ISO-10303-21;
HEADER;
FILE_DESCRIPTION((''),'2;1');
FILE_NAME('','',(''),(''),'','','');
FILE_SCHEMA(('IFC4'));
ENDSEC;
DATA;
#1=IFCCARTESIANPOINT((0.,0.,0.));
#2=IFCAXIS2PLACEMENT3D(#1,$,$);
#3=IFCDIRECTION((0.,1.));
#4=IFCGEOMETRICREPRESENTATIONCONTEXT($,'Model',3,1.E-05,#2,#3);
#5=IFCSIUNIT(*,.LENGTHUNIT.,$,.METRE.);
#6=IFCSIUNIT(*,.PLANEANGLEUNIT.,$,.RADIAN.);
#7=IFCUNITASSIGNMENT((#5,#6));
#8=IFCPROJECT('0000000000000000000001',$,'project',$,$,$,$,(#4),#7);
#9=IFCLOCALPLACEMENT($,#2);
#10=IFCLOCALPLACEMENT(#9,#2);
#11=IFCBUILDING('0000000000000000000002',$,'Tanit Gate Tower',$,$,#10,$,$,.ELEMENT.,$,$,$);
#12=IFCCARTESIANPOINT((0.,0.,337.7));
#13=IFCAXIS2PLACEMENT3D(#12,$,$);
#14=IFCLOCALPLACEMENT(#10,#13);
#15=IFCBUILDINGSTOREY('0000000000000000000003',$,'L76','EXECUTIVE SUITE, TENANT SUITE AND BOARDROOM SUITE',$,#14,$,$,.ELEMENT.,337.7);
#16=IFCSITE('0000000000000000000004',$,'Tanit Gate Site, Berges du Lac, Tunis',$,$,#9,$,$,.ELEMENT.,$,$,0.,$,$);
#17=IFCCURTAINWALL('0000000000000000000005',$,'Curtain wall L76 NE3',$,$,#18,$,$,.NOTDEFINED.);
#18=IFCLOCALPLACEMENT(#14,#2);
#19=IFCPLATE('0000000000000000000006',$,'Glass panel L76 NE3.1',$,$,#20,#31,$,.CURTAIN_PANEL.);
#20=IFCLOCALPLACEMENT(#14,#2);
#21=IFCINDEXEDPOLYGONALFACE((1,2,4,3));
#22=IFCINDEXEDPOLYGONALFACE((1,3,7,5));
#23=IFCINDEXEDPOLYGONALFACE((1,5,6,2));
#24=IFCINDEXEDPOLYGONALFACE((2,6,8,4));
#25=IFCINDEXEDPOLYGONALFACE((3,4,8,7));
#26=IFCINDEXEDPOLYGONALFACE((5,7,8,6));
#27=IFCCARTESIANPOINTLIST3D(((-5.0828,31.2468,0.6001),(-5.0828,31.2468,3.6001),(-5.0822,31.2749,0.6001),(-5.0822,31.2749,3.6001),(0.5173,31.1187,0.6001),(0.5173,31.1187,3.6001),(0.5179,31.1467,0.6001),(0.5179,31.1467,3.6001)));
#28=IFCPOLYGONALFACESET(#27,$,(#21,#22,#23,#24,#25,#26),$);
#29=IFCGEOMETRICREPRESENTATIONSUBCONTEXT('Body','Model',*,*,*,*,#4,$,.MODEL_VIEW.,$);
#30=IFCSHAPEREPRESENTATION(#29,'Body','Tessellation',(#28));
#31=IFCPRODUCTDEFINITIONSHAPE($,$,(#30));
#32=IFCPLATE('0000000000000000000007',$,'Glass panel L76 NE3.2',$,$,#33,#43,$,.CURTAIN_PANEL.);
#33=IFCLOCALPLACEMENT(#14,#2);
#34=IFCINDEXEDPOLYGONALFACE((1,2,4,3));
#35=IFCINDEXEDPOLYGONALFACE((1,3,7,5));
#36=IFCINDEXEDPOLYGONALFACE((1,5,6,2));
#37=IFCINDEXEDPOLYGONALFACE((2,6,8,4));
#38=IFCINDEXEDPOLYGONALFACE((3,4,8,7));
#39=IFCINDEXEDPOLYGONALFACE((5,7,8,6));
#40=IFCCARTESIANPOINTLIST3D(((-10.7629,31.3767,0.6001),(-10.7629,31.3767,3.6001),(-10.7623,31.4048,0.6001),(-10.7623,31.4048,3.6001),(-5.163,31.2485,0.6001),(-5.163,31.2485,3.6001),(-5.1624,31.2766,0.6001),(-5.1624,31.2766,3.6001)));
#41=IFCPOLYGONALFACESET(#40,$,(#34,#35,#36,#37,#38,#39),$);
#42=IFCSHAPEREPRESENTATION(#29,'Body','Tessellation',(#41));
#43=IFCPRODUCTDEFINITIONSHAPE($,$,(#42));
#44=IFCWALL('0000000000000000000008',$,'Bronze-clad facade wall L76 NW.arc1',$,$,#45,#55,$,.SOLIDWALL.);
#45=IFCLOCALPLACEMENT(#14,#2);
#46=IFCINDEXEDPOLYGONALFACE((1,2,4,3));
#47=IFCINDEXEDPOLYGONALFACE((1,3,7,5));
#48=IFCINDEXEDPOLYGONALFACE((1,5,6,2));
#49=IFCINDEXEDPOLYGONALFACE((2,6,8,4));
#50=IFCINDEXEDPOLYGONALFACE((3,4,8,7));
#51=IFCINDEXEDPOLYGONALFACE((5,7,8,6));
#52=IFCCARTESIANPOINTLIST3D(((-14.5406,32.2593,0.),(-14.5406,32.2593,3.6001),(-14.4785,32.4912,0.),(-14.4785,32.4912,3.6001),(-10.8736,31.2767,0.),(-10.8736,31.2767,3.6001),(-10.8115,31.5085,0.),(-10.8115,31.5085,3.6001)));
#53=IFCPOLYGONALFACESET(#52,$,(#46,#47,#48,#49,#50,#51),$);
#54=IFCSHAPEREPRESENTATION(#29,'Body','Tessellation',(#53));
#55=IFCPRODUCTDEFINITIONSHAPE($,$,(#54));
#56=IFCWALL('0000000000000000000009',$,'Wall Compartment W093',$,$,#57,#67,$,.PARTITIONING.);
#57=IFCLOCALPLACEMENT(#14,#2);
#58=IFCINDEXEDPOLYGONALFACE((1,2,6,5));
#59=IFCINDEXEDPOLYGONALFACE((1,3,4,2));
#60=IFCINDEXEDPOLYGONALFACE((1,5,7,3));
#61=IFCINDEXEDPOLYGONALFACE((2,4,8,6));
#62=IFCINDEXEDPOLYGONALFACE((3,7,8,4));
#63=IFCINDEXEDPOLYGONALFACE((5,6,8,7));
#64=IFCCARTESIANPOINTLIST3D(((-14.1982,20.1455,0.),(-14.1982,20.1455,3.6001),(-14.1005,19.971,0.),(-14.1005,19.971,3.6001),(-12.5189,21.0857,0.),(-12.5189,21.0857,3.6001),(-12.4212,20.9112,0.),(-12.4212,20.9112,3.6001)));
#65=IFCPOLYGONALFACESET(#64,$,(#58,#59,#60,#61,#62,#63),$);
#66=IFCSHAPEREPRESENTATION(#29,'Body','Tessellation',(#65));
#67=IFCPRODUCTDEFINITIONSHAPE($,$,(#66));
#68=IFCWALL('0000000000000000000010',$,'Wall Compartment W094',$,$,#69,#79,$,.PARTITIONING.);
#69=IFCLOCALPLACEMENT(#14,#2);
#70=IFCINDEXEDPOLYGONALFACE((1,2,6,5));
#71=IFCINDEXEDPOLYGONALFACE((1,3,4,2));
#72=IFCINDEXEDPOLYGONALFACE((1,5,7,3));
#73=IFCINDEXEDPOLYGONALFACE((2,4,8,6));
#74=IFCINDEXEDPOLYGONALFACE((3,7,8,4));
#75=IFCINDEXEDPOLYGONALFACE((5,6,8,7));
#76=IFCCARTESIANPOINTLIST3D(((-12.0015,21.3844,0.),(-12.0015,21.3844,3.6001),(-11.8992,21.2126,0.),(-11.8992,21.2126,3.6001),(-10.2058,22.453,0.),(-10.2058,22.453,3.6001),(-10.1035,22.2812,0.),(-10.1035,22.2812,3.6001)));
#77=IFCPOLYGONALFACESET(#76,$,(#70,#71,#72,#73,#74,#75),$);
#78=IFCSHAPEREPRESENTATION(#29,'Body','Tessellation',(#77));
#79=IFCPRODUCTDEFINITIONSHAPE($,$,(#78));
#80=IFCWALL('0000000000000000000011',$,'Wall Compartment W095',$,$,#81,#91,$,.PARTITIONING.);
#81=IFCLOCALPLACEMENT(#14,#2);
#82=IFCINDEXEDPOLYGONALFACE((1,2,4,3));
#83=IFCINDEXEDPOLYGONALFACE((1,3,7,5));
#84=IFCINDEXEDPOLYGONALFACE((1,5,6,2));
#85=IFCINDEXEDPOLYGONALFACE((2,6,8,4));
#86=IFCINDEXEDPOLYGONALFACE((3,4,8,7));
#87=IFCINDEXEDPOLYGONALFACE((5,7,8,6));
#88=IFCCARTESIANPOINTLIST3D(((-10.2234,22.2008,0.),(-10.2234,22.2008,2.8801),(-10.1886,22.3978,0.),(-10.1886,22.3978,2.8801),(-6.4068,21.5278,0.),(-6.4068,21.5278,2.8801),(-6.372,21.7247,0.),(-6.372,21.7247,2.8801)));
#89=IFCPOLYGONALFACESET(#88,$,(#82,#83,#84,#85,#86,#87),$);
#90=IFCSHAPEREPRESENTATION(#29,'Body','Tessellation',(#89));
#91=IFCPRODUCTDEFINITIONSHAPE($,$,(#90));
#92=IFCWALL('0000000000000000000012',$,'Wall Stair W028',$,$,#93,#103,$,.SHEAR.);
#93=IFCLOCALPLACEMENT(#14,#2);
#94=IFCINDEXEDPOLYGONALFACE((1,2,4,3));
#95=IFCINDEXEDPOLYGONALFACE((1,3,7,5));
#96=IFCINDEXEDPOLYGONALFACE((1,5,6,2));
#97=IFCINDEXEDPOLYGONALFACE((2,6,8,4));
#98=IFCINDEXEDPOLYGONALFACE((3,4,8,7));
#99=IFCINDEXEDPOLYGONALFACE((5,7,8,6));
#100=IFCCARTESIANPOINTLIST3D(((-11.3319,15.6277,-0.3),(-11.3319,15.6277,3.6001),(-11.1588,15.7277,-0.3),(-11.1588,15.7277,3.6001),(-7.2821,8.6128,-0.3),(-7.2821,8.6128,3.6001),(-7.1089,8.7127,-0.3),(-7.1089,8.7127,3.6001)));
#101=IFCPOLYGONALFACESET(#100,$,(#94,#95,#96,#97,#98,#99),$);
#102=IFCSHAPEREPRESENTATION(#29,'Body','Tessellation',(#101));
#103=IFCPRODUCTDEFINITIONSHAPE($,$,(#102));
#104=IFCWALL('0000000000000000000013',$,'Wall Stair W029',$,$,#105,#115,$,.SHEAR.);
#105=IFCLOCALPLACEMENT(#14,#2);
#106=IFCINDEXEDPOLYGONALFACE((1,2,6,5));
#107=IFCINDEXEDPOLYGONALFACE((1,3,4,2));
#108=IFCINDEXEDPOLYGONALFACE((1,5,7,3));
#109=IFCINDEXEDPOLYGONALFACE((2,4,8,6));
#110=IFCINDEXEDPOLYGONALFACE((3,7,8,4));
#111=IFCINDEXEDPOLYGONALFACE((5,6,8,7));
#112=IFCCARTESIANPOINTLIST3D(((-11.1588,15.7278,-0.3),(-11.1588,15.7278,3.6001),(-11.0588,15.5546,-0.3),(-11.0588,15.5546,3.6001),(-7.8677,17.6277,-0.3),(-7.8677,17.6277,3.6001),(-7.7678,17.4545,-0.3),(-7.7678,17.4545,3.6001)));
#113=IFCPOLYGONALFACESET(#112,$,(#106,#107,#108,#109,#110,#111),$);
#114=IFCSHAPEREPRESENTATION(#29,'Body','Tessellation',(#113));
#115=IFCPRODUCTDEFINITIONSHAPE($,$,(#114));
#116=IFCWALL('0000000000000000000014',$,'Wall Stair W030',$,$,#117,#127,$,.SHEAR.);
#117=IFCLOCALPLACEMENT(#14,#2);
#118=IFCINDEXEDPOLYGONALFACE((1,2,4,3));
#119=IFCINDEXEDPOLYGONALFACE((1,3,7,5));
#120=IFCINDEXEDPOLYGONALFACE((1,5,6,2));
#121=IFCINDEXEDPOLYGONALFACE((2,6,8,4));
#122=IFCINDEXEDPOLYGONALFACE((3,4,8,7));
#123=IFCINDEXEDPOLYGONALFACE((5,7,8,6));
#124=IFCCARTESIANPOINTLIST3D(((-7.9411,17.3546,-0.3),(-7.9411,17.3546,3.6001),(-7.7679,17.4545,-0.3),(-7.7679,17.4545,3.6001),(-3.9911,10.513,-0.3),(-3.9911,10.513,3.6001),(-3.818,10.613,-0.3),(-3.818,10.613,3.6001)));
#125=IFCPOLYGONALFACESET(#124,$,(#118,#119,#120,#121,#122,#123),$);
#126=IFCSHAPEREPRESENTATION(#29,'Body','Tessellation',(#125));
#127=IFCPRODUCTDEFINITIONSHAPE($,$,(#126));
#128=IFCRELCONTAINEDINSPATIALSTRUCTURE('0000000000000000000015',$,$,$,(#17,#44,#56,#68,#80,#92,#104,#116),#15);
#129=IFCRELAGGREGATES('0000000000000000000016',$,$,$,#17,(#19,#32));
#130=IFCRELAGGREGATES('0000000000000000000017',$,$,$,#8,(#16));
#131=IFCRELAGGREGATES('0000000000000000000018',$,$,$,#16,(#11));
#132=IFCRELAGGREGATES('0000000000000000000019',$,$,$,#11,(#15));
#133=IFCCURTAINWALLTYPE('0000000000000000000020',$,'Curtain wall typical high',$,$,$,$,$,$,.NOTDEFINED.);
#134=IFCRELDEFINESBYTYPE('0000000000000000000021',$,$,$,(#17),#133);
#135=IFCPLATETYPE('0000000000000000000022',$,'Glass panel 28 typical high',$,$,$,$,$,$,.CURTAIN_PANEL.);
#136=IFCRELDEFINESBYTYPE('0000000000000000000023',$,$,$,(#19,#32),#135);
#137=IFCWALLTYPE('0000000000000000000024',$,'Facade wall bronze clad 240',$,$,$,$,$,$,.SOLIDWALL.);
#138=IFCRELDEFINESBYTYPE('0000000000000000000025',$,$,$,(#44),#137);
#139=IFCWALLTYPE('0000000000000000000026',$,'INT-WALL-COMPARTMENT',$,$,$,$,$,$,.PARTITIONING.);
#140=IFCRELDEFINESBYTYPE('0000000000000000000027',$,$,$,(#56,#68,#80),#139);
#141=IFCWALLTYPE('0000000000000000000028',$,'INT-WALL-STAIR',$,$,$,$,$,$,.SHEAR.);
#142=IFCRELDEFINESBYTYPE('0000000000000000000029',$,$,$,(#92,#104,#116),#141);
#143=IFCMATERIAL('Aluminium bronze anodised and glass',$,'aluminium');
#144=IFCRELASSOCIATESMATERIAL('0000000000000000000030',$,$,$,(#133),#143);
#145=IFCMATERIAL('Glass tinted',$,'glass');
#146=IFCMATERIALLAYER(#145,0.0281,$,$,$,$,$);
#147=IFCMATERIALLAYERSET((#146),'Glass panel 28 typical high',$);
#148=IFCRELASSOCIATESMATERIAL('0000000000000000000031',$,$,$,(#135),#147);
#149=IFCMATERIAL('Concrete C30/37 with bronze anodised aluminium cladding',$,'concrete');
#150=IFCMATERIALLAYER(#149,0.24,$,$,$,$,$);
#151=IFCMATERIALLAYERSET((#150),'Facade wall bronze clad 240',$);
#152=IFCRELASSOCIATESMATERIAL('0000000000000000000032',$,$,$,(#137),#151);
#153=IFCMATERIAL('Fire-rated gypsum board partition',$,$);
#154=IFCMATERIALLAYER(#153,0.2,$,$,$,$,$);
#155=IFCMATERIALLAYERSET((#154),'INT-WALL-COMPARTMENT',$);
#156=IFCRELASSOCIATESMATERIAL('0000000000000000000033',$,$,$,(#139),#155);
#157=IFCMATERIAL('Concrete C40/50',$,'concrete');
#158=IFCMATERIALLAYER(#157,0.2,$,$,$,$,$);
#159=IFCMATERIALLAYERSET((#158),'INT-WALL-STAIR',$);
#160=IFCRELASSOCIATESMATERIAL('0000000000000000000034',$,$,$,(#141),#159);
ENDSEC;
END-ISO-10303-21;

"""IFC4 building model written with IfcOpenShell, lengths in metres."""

from ifc_helpers import new_model, si_unit, direction, frame, frame_2d, origin, origin_2d, place, context, subcontext, project, spatial, rectangle, extrude, material, layer, layer_set, type_object, element, aggregate, save


model = new_model("IFC4")

# Units and contexts
model_context = context("Model", 3, precision=1e-05, world=origin(), true_north=direction((0.0, 1.0)))
body_context = subcontext(model_context, "Body", "Model", "MODEL_VIEW")
ifc_project = project(units=[si_unit("LENGTHUNIT", "METRE"), si_unit("PLANEANGLEUNIT", "RADIAN")], contexts=[model_context])

# Site, building, storey
site_placement = place(None, origin())
site = spatial("IfcSite", under=ifc_project, at=site_placement, Name="Tanit Gate Site, Berges du Lac, Tunis", CompositionType="ELEMENT", RefElevation=0.0)
building_placement = place(site_placement, origin())
building = spatial("IfcBuilding", under=site, at=building_placement, Name="Tanit Gate Tower", CompositionType="ELEMENT")
storey_placement = place(building_placement, frame((0.0, 0.0, 337.7)))
storey = spatial("IfcBuildingStorey", under=building, at=storey_placement, Name="L76", Description="EXECUTIVE SUITE, TENANT SUITE AND BOARDROOM SUITE", CompositionType="ELEMENT", Elevation=337.7)

# Curtain wall
ifc_material_1 = material(Name="Aluminium bronze anodised and glass", Category="aluminium")
curtain_wall_type = type_object("IfcCurtainWallType", Name="Curtain wall typical high", PredefinedType="NOTDEFINED", material=ifc_material_1)
curtain_wall_placement = place(storey_placement, origin())
curtain_wall = element("IfcCurtainWall", 1, at=curtain_wall_placement, inside=storey, type_object=curtain_wall_type, Name="Curtain wall L76 NE3", PredefinedType="NOTDEFINED")

# Plates
ifc_material_2 = material(Name="Glass tinted", Category="glass")
ifc_layer_1 = layer(ifc_material_2, 0.0281)
ifc_layer_set_1 = layer_set([ifc_layer_1], Name="Glass panel 28 typical high")
plate_type = type_object("IfcPlateType", Name="Glass panel 28 typical high", PredefinedType="CURTAIN_PANEL", material=ifc_layer_set_1)
plate_1_placement = place(storey_placement, frame((-2.2825, 31.1968, 0.6001), z_axis=(0.0, 0.0, 1.0), x_axis=(-0.999738, 0.02288, 0.0)))
plate_1 = element("IfcPlate", 2, at=plate_1_placement, type_object=plate_type, Name="Glass panel L76 NE3.1", PredefinedType="CURTAIN_PANEL", context=body_context, shape_type="SweptSolid", body=[
    extrude(rectangle(XDim=5.6016, YDim=0.0281, at=origin_2d()), origin(), (0.0, 0.0, 1.0), 3.0),
])
plate_2_placement = place(storey_placement, frame((-7.9626, 31.3267, 0.6001), z_axis=(0.0, 0.0, 1.0), x_axis=(-0.999738, 0.02288, 0.0)))
plate_2 = element("IfcPlate", 3, at=plate_2_placement, type_object=plate_type, Name="Glass panel L76 NE3.2", PredefinedType="CURTAIN_PANEL", context=body_context, shape_type="SweptSolid", body=[
    extrude(rectangle(XDim=5.6013, YDim=0.0281, at=origin_2d()), origin(), (0.0, 0.0, 1.0), 3.0),
])
aggregate(curtain_wall, [plate_1, plate_2])

# Walls
ifc_material_3 = material(Name="Concrete C30/37 with bronze anodised aluminium cladding", Category="concrete")
ifc_layer_2 = layer(ifc_material_3, 0.24)
ifc_layer_set_2 = layer_set([ifc_layer_2], Name="Facade wall bronze clad 240")
wall_type_1 = type_object("IfcWallType", Name="Facade wall bronze clad 240", PredefinedType="SOLIDWALL", material=ifc_layer_set_2)
wall_1_placement = place(storey_placement, frame((-10.8425, 31.3926, 0.0), z_axis=(0.0, 0.0, 1.0), x_axis=(-0.965919, 0.258843, 0.0)))
element("IfcWall", 4, at=wall_1_placement, inside=storey, type_object=wall_type_1, Name="Bronze-clad facade wall L76 NW.arc1", PredefinedType="SOLIDWALL", context=body_context, shape_type="SweptSolid", body=[
    extrude(rectangle(XDim=3.7964, YDim=0.24, at=frame_2d((1.8982, 0.0))), origin(), (0.0, 0.0, 1.0), 3.6001),
])
ifc_material_4 = material(Name="Fire-rated gypsum board partition")
ifc_layer_3 = layer(ifc_material_4, 0.2)
ifc_layer_set_3 = layer_set([ifc_layer_3], Name="INT-WALL-COMPARTMENT")
wall_type_2 = type_object("IfcWallType", Name="INT-WALL-COMPARTMENT", PredefinedType="PARTITIONING", material=ifc_layer_set_3)
wall_2_placement = place(storey_placement, frame((-12.47, 20.9985, 0.0), z_axis=(0.0, 0.0, 1.0), x_axis=(-0.872543, -0.488538, 0.0)))
element("IfcWall", 5, at=wall_2_placement, inside=storey, type_object=wall_type_2, Name="Wall Compartment W093", PredefinedType="PARTITIONING", context=body_context, shape_type="SweptSolid", body=[
    extrude(rectangle(XDim=1.9246, YDim=0.2, at=frame_2d((0.9624, 0.0))), origin(), (0.0, 0.0, 1.0), 3.6001),
])
wall_3_placement = place(storey_placement, frame((-10.1545, 22.3672, 0.0), z_axis=(0.0, 0.0, 1.0), x_axis=(-0.859343, -0.5114, 0.0)))
element("IfcWall", 6, at=wall_3_placement, inside=storey, type_object=wall_type_2, Name="Wall Compartment W094", PredefinedType="PARTITIONING", context=body_context, shape_type="SweptSolid", body=[
    extrude(rectangle(XDim=2.0896, YDim=0.2, at=frame_2d((1.0449, 0.0))), origin(), (0.0, 0.0, 1.0), 3.6001),
])
wall_4_placement = place(storey_placement, frame((-6.3894, 21.6262, 0.0), z_axis=(0.0, 0.0, 1.0), x_axis=(-0.984803, 0.173678, 0.0)))
element("IfcWall", 7, at=wall_4_placement, inside=storey, type_object=wall_type_2, Name="Wall Compartment W095", PredefinedType="PARTITIONING", context=body_context, shape_type="SweptSolid", body=[
    extrude(rectangle(XDim=3.8755, YDim=0.2, at=frame_2d((1.9377, 0.0))), origin(), (0.0, 0.0, 1.0), 2.8801),
])
ifc_material_5 = material(Name="Concrete C40/50", Category="concrete")
ifc_layer_4 = layer(ifc_material_5, 0.2)
ifc_layer_set_4 = layer_set([ifc_layer_4], Name="INT-WALL-STAIR")
wall_type_3 = type_object("IfcWallType", Name="INT-WALL-STAIR", PredefinedType="SHEAR", material=ifc_layer_set_4)
wall_5_placement = place(storey_placement, frame((-11.2454, 15.6777, -0.3), z_axis=(0.0, 0.0, 1.0), x_axis=(0.499977, -0.866039, 0.0)))
element("IfcWall", 8, at=wall_5_placement, inside=storey, type_object=wall_type_3, Name="Wall Stair W028", PredefinedType="SHEAR", context=body_context, shape_type="SweptSolid", body=[
    extrude(rectangle(XDim=8.1001, YDim=0.2, at=frame_2d((4.05, 0.0))), origin(), (0.0, 0.0, 1.0), 3.9001),
])
wall_6_placement = place(storey_placement, frame((-7.8179, 17.541, -0.3), z_axis=(0.0, 0.0, 1.0), x_axis=(-0.866044, -0.499967, 0.0)))
element("IfcWall", 9, at=wall_6_placement, inside=storey, type_object=wall_type_3, Name="Wall Stair W029", PredefinedType="SHEAR", context=body_context, shape_type="SweptSolid", body=[
    extrude(rectangle(XDim=3.8, YDim=0.2, at=frame_2d((1.8999, 0.0))), origin(), (0.0, 0.0, 1.0), 3.9001),
])
wall_7_placement = place(storey_placement, frame((-7.8545, 17.4045, -0.3), z_axis=(0.0, 0.0, 1.0), x_axis=(0.499998, -0.866027, 0.0)))
element("IfcWall", 10, at=wall_7_placement, inside=storey, type_object=wall_type_3, Name="Wall Stair W030", PredefinedType="SHEAR", context=body_context, shape_type="SweptSolid", body=[
    extrude(rectangle(XDim=7.8999, YDim=0.2, at=frame_2d((3.95, 0.0))), origin(), (0.0, 0.0, 1.0), 3.9001),
])

save(model, "model.ifc")
